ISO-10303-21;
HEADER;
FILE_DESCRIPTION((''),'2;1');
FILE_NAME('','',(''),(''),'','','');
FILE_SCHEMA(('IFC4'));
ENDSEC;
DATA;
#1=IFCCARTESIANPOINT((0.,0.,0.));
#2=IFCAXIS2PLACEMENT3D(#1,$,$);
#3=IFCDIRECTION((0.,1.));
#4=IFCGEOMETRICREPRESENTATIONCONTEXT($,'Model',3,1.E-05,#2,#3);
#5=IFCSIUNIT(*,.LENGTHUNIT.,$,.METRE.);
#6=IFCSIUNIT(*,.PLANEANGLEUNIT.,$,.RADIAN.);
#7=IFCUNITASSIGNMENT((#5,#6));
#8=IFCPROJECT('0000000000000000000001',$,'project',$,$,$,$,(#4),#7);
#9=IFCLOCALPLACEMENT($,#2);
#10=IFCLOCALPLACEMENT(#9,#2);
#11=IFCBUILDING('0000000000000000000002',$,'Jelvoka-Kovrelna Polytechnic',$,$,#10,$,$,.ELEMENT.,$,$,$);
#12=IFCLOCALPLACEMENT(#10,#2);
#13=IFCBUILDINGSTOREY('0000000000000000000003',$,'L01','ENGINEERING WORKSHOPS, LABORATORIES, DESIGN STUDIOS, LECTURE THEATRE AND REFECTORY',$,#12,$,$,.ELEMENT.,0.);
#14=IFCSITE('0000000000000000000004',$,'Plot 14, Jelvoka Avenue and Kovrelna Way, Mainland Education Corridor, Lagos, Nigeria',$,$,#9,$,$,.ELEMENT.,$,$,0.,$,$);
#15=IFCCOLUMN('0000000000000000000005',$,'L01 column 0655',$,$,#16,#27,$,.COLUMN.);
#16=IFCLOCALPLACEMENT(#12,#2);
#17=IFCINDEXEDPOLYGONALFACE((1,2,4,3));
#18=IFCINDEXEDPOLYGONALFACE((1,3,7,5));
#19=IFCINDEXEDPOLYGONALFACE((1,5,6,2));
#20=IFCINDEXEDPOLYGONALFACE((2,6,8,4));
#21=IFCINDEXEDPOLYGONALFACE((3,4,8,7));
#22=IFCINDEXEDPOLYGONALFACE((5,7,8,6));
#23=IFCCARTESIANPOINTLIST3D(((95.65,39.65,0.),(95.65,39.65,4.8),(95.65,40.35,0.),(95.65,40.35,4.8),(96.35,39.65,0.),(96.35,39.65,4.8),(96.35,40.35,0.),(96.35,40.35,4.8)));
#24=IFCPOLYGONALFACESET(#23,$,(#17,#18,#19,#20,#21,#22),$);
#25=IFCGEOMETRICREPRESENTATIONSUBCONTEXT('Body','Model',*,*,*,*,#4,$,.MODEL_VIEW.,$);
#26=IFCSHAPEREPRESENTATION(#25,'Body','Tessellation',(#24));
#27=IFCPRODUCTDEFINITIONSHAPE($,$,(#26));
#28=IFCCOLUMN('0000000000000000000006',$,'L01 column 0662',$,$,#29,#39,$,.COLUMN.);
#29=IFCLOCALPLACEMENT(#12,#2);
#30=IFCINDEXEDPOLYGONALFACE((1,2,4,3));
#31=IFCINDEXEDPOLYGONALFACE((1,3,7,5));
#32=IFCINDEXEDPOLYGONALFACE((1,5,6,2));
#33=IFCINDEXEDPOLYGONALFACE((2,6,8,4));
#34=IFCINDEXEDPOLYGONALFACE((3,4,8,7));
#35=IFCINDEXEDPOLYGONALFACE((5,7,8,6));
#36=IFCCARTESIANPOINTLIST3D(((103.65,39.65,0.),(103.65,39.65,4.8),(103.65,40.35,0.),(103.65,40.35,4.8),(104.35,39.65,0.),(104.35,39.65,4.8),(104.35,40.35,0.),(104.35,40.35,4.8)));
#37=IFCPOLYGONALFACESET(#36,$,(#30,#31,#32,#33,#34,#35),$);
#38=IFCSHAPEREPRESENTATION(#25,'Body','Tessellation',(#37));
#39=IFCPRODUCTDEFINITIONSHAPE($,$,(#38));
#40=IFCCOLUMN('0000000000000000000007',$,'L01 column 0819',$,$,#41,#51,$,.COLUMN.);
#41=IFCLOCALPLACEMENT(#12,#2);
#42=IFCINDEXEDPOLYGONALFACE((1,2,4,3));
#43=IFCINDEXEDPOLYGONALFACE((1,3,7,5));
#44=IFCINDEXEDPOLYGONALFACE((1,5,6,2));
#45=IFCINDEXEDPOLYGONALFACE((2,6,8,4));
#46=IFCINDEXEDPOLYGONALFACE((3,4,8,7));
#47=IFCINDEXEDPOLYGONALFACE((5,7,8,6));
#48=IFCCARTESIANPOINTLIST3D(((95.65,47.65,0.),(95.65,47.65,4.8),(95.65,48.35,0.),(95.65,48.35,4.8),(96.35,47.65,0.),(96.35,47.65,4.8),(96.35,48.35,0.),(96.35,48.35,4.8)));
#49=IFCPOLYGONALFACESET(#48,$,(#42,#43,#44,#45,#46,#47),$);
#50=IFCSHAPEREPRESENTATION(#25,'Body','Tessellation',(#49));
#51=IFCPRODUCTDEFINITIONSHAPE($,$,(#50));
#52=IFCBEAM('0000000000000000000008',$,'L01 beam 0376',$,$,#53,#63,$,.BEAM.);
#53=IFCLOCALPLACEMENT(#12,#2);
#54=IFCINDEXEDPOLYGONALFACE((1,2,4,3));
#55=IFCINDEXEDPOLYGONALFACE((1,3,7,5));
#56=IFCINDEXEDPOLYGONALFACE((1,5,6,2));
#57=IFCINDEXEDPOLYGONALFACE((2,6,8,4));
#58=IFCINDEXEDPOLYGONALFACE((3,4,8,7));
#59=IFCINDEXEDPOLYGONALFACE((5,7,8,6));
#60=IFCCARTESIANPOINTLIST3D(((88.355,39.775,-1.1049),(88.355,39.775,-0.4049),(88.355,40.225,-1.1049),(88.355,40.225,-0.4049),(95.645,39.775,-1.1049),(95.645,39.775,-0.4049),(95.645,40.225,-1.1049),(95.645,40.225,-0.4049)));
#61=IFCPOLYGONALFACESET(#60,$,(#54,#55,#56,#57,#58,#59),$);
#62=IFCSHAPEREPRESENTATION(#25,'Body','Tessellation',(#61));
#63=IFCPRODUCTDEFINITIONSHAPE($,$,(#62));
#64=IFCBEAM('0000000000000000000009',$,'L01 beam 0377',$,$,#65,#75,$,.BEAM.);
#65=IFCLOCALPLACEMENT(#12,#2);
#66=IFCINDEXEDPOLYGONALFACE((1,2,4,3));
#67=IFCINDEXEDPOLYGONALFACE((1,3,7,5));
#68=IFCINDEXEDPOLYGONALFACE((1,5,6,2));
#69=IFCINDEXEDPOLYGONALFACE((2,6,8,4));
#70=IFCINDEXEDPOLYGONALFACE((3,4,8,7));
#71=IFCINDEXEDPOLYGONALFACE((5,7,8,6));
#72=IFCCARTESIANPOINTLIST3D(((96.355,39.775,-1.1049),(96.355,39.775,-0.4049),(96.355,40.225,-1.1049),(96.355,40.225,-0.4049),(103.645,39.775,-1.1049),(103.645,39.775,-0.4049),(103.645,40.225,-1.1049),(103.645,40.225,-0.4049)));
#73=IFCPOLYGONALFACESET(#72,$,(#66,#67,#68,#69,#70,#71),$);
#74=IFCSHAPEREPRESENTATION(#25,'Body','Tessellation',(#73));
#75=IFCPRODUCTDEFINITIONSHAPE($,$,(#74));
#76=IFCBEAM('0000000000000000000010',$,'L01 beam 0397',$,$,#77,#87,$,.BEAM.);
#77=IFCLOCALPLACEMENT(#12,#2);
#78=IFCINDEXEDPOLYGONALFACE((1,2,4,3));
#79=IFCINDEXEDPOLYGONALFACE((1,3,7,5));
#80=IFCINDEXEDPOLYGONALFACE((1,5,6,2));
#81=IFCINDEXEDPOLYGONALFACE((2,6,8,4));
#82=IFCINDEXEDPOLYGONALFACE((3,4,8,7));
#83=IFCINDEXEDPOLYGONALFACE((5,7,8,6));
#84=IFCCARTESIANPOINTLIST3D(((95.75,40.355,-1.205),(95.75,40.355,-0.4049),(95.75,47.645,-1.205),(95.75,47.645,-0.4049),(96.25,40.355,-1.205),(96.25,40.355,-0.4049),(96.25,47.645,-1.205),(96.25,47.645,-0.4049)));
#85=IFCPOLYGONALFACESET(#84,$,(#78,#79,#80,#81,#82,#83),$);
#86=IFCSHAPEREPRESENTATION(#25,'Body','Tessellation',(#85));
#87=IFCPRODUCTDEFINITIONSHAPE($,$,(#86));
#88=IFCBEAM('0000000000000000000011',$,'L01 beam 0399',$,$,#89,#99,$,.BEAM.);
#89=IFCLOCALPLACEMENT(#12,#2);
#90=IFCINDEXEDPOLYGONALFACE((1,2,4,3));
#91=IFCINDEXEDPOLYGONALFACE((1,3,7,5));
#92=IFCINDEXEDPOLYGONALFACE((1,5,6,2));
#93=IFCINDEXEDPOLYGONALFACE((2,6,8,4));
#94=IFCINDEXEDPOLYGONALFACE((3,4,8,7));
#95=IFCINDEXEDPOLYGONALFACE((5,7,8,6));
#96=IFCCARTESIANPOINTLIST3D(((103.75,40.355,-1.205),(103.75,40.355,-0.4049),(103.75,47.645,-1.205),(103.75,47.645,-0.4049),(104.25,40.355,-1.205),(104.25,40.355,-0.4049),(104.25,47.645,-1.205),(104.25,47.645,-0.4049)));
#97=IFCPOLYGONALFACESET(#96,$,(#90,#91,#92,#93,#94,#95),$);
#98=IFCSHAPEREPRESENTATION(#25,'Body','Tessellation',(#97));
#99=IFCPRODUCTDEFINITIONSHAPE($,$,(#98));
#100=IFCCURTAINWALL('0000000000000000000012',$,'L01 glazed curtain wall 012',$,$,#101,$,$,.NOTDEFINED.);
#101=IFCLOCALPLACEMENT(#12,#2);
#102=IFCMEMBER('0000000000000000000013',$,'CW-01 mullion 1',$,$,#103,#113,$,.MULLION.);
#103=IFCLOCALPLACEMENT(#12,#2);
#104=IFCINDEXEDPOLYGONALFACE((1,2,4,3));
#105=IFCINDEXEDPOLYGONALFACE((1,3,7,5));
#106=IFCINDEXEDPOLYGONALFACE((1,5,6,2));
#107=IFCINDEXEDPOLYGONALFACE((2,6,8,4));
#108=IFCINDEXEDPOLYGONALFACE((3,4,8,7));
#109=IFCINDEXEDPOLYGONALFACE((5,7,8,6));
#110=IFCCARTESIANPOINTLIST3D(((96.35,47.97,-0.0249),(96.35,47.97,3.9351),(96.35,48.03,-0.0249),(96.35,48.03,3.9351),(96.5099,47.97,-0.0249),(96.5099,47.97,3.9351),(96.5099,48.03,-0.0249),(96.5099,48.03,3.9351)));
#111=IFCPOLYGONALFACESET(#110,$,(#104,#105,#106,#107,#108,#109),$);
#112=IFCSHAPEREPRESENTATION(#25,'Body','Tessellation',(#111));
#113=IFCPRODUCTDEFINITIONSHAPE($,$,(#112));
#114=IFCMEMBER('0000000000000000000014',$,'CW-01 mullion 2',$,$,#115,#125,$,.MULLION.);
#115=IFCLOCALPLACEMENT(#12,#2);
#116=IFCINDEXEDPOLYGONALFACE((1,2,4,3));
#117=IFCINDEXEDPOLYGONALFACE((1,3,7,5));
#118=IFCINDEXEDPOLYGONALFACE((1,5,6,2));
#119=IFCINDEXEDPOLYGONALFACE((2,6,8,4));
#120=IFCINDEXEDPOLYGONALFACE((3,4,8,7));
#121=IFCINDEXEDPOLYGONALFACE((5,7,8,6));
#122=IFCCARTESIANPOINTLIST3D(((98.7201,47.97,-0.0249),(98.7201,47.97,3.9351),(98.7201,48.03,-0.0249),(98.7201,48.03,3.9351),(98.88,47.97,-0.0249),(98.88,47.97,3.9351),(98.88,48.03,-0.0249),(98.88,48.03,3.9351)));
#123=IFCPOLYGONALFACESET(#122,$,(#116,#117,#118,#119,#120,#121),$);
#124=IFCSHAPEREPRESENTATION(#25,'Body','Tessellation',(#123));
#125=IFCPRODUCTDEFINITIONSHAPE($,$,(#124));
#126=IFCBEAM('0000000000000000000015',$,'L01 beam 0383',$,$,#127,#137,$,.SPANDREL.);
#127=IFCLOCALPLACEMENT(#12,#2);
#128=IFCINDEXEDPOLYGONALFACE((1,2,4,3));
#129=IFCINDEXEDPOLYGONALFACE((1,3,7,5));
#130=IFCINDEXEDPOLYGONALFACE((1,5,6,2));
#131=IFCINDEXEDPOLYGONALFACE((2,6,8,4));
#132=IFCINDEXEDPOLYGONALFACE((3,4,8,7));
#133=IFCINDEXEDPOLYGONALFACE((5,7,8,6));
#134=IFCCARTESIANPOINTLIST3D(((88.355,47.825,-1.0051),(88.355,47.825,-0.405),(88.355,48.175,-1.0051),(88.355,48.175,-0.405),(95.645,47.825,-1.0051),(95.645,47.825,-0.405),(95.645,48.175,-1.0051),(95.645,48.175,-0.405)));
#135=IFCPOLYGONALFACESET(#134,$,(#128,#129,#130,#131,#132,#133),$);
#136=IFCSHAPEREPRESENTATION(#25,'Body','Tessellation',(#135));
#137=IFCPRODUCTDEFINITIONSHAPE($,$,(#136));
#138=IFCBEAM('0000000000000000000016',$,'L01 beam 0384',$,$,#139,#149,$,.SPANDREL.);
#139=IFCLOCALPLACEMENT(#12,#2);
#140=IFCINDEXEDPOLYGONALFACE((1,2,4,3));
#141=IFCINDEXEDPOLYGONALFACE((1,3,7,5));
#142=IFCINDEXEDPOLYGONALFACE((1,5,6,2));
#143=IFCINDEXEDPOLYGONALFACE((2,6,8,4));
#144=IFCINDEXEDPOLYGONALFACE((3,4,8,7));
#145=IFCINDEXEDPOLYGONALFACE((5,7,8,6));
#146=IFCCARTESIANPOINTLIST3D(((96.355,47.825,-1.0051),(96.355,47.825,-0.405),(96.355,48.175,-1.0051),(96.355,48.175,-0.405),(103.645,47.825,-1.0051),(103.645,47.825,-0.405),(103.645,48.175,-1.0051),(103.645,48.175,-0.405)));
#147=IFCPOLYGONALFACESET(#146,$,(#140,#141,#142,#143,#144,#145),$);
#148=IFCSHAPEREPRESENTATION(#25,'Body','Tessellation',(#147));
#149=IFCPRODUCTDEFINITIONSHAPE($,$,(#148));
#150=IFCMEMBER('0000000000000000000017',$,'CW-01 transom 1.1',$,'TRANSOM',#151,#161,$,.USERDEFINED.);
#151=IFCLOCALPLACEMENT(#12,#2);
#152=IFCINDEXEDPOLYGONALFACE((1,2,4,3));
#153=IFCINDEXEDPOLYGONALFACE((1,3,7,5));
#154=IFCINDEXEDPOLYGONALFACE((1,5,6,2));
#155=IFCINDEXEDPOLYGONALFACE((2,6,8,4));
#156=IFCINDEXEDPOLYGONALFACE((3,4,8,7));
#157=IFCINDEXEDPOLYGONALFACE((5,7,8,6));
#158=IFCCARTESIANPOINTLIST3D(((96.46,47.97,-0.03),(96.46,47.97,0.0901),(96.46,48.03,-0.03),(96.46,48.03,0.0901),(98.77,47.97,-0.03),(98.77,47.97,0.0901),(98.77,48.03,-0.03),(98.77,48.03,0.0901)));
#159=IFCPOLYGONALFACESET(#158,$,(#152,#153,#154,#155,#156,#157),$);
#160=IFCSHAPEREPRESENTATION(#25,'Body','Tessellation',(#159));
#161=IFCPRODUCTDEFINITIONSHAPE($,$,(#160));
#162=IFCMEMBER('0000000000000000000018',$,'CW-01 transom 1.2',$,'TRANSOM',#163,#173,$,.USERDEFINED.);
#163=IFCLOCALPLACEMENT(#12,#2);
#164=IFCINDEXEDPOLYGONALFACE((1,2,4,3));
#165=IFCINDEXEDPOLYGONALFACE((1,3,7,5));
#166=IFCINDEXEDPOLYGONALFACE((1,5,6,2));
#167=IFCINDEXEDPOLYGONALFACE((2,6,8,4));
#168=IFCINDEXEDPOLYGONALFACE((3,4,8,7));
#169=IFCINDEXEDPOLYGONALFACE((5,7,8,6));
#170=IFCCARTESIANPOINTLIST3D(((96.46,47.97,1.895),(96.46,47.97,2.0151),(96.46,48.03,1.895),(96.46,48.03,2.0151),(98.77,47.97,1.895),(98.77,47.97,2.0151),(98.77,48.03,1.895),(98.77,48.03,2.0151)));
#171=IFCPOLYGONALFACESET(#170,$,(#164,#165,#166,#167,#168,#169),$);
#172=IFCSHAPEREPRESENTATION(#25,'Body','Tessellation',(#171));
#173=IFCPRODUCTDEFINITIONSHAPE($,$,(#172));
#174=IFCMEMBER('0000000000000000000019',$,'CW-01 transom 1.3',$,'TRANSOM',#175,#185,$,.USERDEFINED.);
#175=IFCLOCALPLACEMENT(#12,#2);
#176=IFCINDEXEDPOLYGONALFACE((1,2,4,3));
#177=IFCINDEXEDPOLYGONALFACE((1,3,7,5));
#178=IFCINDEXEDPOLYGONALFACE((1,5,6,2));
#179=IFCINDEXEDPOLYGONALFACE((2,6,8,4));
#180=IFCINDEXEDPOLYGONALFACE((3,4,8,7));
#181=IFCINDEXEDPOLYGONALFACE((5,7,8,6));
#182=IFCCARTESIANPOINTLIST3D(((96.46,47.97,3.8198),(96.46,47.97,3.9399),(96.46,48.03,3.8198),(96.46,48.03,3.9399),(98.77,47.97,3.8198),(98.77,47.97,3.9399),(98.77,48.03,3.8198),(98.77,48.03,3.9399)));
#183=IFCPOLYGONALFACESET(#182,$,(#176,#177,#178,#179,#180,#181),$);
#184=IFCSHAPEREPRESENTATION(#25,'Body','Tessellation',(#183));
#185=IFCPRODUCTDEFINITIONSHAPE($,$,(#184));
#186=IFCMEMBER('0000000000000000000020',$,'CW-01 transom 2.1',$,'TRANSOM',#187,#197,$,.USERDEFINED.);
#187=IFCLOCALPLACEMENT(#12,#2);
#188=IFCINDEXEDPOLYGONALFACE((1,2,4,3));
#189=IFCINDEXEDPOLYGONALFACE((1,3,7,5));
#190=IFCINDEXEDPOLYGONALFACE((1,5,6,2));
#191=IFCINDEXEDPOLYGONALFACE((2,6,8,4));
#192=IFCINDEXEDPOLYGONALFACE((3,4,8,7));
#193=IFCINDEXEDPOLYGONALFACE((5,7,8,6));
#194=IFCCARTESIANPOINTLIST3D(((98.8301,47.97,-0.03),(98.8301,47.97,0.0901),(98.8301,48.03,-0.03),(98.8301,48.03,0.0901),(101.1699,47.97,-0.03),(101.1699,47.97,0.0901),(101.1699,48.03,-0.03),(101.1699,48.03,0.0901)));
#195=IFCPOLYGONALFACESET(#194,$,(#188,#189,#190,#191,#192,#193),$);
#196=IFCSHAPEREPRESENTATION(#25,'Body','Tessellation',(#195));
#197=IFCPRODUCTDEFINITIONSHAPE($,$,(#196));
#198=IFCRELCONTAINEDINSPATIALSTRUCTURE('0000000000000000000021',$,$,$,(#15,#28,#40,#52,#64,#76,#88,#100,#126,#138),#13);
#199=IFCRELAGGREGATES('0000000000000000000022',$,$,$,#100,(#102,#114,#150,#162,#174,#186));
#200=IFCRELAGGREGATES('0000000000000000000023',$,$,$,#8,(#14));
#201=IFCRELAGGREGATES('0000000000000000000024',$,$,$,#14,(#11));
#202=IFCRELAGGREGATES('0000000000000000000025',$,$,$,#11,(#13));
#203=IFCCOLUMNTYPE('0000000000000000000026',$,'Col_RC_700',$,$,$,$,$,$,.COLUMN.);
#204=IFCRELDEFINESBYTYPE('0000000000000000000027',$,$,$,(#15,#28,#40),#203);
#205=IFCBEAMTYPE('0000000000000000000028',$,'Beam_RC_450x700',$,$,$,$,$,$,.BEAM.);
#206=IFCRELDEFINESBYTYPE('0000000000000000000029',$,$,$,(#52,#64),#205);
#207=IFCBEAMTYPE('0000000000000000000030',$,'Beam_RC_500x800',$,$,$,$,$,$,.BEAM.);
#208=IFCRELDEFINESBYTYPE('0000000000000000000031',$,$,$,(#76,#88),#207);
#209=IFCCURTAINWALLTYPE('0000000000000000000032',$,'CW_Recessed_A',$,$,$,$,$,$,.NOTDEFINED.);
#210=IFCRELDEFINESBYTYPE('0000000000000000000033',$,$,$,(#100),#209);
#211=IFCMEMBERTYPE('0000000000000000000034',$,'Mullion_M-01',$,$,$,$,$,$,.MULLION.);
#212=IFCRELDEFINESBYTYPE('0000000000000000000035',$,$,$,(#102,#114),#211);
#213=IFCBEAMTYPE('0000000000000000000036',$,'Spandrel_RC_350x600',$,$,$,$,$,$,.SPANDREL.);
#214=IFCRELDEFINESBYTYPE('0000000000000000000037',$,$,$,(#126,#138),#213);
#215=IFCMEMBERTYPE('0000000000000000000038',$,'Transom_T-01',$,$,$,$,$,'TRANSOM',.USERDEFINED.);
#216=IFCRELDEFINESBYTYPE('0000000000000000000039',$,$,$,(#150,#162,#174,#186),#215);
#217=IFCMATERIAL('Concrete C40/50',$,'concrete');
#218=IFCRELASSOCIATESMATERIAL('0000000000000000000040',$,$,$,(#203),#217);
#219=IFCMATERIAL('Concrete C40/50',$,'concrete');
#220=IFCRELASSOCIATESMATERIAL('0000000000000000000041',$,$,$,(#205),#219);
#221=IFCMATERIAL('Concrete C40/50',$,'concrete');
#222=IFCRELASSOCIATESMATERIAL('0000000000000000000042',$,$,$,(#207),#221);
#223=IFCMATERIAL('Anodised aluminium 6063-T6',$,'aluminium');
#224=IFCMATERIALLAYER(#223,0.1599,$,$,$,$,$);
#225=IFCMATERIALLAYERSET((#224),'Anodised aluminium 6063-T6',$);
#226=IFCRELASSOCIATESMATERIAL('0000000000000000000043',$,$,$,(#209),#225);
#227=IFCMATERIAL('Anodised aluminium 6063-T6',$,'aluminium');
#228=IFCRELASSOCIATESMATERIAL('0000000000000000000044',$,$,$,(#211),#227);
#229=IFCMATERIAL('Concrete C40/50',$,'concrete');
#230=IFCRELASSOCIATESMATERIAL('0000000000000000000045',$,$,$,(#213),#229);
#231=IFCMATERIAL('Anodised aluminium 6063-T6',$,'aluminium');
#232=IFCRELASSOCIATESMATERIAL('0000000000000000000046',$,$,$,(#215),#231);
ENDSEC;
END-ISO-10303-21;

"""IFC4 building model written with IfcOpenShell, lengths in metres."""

from ifc_helpers import new_model, si_unit, direction, frame, origin, origin_2d, place, context, subcontext, project, spatial, rectangle, extrude, material, layer, layer_set, material_profile, profile_set, type_object, element, aggregate, save


model = new_model("IFC4")

# Units and contexts
model_context = context("Model", 3, precision=1e-05, world=origin(), true_north=direction((0.0, 1.0)))
body_context = subcontext(model_context, "Body", "Model", "MODEL_VIEW")
ifc_project = project(units=[si_unit("LENGTHUNIT", "METRE"), si_unit("PLANEANGLEUNIT", "RADIAN")], contexts=[model_context])

# Site, building, storey
site_placement = place(None, origin())
site = spatial("IfcSite", under=ifc_project, at=site_placement, Name="Plot 14, Jelvoka Avenue and Kovrelna Way, Mainland Education Corridor, Lagos, Nigeria", CompositionType="ELEMENT", RefElevation=0.0)
building_placement = place(site_placement, origin())
building = spatial("IfcBuilding", under=site, at=building_placement, Name="Jelvoka-Kovrelna Polytechnic", CompositionType="ELEMENT")
storey_placement = place(building_placement, origin())
storey = spatial("IfcBuildingStorey", under=building, at=storey_placement, Name="L01", Description="ENGINEERING WORKSHOPS, LABORATORIES, DESIGN STUDIOS, LECTURE THEATRE AND REFECTORY", CompositionType="ELEMENT", Elevation=0.0)

# Columns
ifc_material_1 = material(Name="Concrete C40/50", Category="concrete")
ifc_material_profile_1 = material_profile(ifc_material_1, rectangle(XDim=0.7, YDim=0.7, at=origin_2d()), Name="RC 700x700")
ifc_profile_set_1 = profile_set([ifc_material_profile_1], Name="Concrete C40/50")
column_type = type_object("IfcColumnType", Name="Col_RC_700", PredefinedType="COLUMN", material=ifc_profile_set_1)
for number, where, z_axis, x_axis, name in (
    (1, (96.0, 40.0, 0.0), (0.0, 0.0, 1.0), (1.0, 0.0, 0.0), "L01 column 0655"),
    (2, (104.0, 40.0, 0.0), (0.0, 0.0, 1.0), (1.0, 0.0, 0.0), "L01 column 0662"),
    (3, (96.0, 48.0, 0.0), (0.0, 0.0, 1.0), (1.0, 0.0, 0.0), "L01 column 0819"),
):
    element("IfcColumn", number, at=place(storey_placement, frame(where, z_axis=z_axis, x_axis=x_axis)), inside=storey, type_object=column_type, Name=name, PredefinedType="COLUMN", context=body_context, shape_type="SweptSolid", body=[
        extrude(rectangle(XDim=0.7, YDim=0.7, at=origin_2d()), origin(), (0.0, 0.0, 1.0), 4.8),
    ])

# Beams
ifc_material_2 = material(Name="Concrete C40/50", Category="concrete")
ifc_material_profile_2 = material_profile(ifc_material_2, rectangle(XDim=0.45, YDim=0.7, at=origin_2d()), Name="RC 450x700")
ifc_profile_set_2 = profile_set([ifc_material_profile_2], Name="Concrete C40/50")
beam_type_1 = type_object("IfcBeamType", Name="Beam_RC_450x700", PredefinedType="BEAM", material=ifc_profile_set_2)
for number, where, z_axis, x_axis, name in (
    (4, (88.355, 40.0, -0.7549), (1.0, 0.0, 0.0), (0.0, 1.0, 0.0), "L01 beam 0376"),
    (5, (96.355, 40.0, -0.7549), (1.0, 0.0, 0.0), (0.0, 1.0, 0.0), "L01 beam 0377"),
):
    element("IfcBeam", number, at=place(storey_placement, frame(where, z_axis=z_axis, x_axis=x_axis)), inside=storey, type_object=beam_type_1, Name=name, PredefinedType="BEAM", context=body_context, shape_type="SweptSolid", body=[
        extrude(rectangle(XDim=0.45, YDim=0.7, at=origin_2d()), origin(), (0.0, 0.0, 1.0), 7.29),
    ])
ifc_material_3 = material(Name="Concrete C40/50", Category="concrete")
ifc_material_profile_3 = material_profile(ifc_material_3, rectangle(XDim=0.5, YDim=0.8, at=origin_2d()), Name="RC 500x800")
ifc_profile_set_3 = profile_set([ifc_material_profile_3], Name="Concrete C40/50")
beam_type_2 = type_object("IfcBeamType", Name="Beam_RC_500x800", PredefinedType="BEAM", material=ifc_profile_set_3)
for number, where, z_axis, x_axis, name in (
    (6, (96.0, 40.355, -0.8049), (0.0, 1.0, 0.0), (-1.0, 0.0, 0.0), "L01 beam 0397"),
    (7, (104.0, 40.355, -0.8049), (0.0, 1.0, 0.0), (-1.0, 0.0, 0.0), "L01 beam 0399"),
):
    element("IfcBeam", number, at=place(storey_placement, frame(where, z_axis=z_axis, x_axis=x_axis)), inside=storey, type_object=beam_type_2, Name=name, PredefinedType="BEAM", context=body_context, shape_type="SweptSolid", body=[
        extrude(rectangle(XDim=0.5, YDim=0.8, at=origin_2d()), origin(), (0.0, 0.0, 1.0), 7.29),
    ])

# Curtain wall, members
ifc_material_4 = material(Name="Anodised aluminium 6063-T6", Category="aluminium")
ifc_layer_1 = layer(ifc_material_4, 0.1599)
ifc_layer_set_1 = layer_set([ifc_layer_1], Name="Anodised aluminium 6063-T6")
curtain_wall_type = type_object("IfcCurtainWallType", Name="CW_Recessed_A", PredefinedType="NOTDEFINED", material=ifc_layer_set_1)
curtain_wall_placement = place(storey_placement, origin())
curtain_wall = element("IfcCurtainWall", 8, at=curtain_wall_placement, inside=storey, type_object=curtain_wall_type, Name="L01 glazed curtain wall 012", PredefinedType="NOTDEFINED")
ifc_material_5 = material(Name="Anodised aluminium 6063-T6", Category="aluminium")
ifc_material_profile_4 = material_profile(ifc_material_5, rectangle(XDim=0.0601, YDim=0.1599, at=origin_2d()), Name="ALU 60x160")
ifc_profile_set_4 = profile_set([ifc_material_profile_4], Name="Anodised aluminium 6063-T6")
member_type_1 = type_object("IfcMemberType", Name="Mullion_M-01", PredefinedType="MULLION", material=ifc_profile_set_4)
member_1_placement = place(storey_placement, frame((96.4299, 48.0, -0.0249), z_axis=(0.0, 0.0, 1.0), x_axis=(0.0, 1.0, 0.0)))
member_1 = element("IfcMember", 9, at=member_1_placement, type_object=member_type_1, Name="CW-01 mullion 1", PredefinedType="MULLION", context=body_context, shape_type="SweptSolid", body=[
    extrude(rectangle(XDim=0.0601, YDim=0.1599, at=origin_2d()), origin(), (0.0, 0.0, 1.0), 3.96),
])
member_2_placement = place(storey_placement, frame((98.8, 48.0, -0.0249), z_axis=(0.0, 0.0, 1.0), x_axis=(0.0, 1.0, 0.0)))
member_2 = element("IfcMember", 10, at=member_2_placement, type_object=member_type_1, Name="CW-01 mullion 2", PredefinedType="MULLION", context=body_context, shape_type="SweptSolid", body=[
    extrude(rectangle(XDim=0.0601, YDim=0.1599, at=origin_2d()), origin(), (0.0, 0.0, 1.0), 3.96),
])

# Beams
ifc_material_6 = material(Name="Concrete C40/50", Category="concrete")
ifc_material_profile_5 = material_profile(ifc_material_6, rectangle(XDim=0.3501, YDim=0.6001, at=origin_2d()), Name="RC 350x600")
ifc_profile_set_5 = profile_set([ifc_material_profile_5], Name="Concrete C40/50")
beam_type_3 = type_object("IfcBeamType", Name="Spandrel_RC_350x600", PredefinedType="SPANDREL", material=ifc_profile_set_5)
for number, where, z_axis, x_axis, name in (
    (11, (88.355, 48.0, -0.7051), (1.0, 0.0, 0.0), (0.0, 1.0, 0.0), "L01 beam 0383"),
    (12, (96.355, 48.0, -0.7051), (1.0, 0.0, 0.0), (0.0, 1.0, 0.0), "L01 beam 0384"),
):
    element("IfcBeam", number, at=place(storey_placement, frame(where, z_axis=z_axis, x_axis=x_axis)), inside=storey, type_object=beam_type_3, Name=name, PredefinedType="SPANDREL", context=body_context, shape_type="SweptSolid", body=[
        extrude(rectangle(XDim=0.3501, YDim=0.6001, at=origin_2d()), origin(), (0.0, 0.0, 1.0), 7.29),
    ])

# Members
ifc_material_7 = material(Name="Anodised aluminium 6063-T6", Category="aluminium")
ifc_material_profile_6 = material_profile(ifc_material_7, rectangle(XDim=0.0601, YDim=0.1201, at=origin_2d()), Name="ALU 60x120")
ifc_profile_set_6 = profile_set([ifc_material_profile_6], Name="Anodised aluminium 6063-T6")
member_type_2 = type_object("IfcMemberType", Name="Transom_T-01", ElementType="TRANSOM", PredefinedType="USERDEFINED", material=ifc_profile_set_6)
member_3_placement = place(storey_placement, frame((96.46, 48.0, 0.03), z_axis=(1.0, 0.0, 0.0), x_axis=(0.0, 1.0, 0.0)))
member_3 = element("IfcMember", 13, at=member_3_placement, type_object=member_type_2, Name="CW-01 transom 1.1", ObjectType="TRANSOM", PredefinedType="USERDEFINED", context=body_context, shape_type="SweptSolid", body=[
    extrude(rectangle(XDim=0.0601, YDim=0.1201, at=origin_2d()), origin(), (0.0, 0.0, 1.0), 2.3101),
])
member_4_placement = place(storey_placement, frame((96.46, 48.0, 1.9551), z_axis=(1.0, 0.0, 0.0), x_axis=(0.0, 1.0, 0.0)))
member_4 = element("IfcMember", 14, at=member_4_placement, type_object=member_type_2, Name="CW-01 transom 1.2", ObjectType="TRANSOM", PredefinedType="USERDEFINED", context=body_context, shape_type="SweptSolid", body=[
    extrude(rectangle(XDim=0.0601, YDim=0.1201, at=origin_2d()), origin(), (0.0, 0.0, 1.0), 2.3101),
])
member_5_placement = place(storey_placement, frame((96.46, 48.0, 3.8799), z_axis=(1.0, 0.0, 0.0), x_axis=(0.0, 1.0, 0.0)))
member_5 = element("IfcMember", 15, at=member_5_placement, type_object=member_type_2, Name="CW-01 transom 1.3", ObjectType="TRANSOM", PredefinedType="USERDEFINED", context=body_context, shape_type="SweptSolid", body=[
    extrude(rectangle(XDim=0.0601, YDim=0.1201, at=origin_2d()), origin(), (0.0, 0.0, 1.0), 2.3101),
])
member_6_placement = place(storey_placement, frame((98.8301, 48.0, 0.03), z_axis=(1.0, 0.0, 0.0), x_axis=(0.0, 1.0, 0.0)))
member_6 = element("IfcMember", 16, at=member_6_placement, type_object=member_type_2, Name="CW-01 transom 2.1", ObjectType="TRANSOM", PredefinedType="USERDEFINED", context=body_context, shape_type="SweptSolid", body=[
    extrude(rectangle(XDim=0.0601, YDim=0.1201, at=origin_2d()), origin(), (0.0, 0.0, 1.0), 2.3398),
])

aggregate(curtain_wall, [member_1, member_2, member_3, member_4, member_5, member_6])

save(model, "model.ifc")
